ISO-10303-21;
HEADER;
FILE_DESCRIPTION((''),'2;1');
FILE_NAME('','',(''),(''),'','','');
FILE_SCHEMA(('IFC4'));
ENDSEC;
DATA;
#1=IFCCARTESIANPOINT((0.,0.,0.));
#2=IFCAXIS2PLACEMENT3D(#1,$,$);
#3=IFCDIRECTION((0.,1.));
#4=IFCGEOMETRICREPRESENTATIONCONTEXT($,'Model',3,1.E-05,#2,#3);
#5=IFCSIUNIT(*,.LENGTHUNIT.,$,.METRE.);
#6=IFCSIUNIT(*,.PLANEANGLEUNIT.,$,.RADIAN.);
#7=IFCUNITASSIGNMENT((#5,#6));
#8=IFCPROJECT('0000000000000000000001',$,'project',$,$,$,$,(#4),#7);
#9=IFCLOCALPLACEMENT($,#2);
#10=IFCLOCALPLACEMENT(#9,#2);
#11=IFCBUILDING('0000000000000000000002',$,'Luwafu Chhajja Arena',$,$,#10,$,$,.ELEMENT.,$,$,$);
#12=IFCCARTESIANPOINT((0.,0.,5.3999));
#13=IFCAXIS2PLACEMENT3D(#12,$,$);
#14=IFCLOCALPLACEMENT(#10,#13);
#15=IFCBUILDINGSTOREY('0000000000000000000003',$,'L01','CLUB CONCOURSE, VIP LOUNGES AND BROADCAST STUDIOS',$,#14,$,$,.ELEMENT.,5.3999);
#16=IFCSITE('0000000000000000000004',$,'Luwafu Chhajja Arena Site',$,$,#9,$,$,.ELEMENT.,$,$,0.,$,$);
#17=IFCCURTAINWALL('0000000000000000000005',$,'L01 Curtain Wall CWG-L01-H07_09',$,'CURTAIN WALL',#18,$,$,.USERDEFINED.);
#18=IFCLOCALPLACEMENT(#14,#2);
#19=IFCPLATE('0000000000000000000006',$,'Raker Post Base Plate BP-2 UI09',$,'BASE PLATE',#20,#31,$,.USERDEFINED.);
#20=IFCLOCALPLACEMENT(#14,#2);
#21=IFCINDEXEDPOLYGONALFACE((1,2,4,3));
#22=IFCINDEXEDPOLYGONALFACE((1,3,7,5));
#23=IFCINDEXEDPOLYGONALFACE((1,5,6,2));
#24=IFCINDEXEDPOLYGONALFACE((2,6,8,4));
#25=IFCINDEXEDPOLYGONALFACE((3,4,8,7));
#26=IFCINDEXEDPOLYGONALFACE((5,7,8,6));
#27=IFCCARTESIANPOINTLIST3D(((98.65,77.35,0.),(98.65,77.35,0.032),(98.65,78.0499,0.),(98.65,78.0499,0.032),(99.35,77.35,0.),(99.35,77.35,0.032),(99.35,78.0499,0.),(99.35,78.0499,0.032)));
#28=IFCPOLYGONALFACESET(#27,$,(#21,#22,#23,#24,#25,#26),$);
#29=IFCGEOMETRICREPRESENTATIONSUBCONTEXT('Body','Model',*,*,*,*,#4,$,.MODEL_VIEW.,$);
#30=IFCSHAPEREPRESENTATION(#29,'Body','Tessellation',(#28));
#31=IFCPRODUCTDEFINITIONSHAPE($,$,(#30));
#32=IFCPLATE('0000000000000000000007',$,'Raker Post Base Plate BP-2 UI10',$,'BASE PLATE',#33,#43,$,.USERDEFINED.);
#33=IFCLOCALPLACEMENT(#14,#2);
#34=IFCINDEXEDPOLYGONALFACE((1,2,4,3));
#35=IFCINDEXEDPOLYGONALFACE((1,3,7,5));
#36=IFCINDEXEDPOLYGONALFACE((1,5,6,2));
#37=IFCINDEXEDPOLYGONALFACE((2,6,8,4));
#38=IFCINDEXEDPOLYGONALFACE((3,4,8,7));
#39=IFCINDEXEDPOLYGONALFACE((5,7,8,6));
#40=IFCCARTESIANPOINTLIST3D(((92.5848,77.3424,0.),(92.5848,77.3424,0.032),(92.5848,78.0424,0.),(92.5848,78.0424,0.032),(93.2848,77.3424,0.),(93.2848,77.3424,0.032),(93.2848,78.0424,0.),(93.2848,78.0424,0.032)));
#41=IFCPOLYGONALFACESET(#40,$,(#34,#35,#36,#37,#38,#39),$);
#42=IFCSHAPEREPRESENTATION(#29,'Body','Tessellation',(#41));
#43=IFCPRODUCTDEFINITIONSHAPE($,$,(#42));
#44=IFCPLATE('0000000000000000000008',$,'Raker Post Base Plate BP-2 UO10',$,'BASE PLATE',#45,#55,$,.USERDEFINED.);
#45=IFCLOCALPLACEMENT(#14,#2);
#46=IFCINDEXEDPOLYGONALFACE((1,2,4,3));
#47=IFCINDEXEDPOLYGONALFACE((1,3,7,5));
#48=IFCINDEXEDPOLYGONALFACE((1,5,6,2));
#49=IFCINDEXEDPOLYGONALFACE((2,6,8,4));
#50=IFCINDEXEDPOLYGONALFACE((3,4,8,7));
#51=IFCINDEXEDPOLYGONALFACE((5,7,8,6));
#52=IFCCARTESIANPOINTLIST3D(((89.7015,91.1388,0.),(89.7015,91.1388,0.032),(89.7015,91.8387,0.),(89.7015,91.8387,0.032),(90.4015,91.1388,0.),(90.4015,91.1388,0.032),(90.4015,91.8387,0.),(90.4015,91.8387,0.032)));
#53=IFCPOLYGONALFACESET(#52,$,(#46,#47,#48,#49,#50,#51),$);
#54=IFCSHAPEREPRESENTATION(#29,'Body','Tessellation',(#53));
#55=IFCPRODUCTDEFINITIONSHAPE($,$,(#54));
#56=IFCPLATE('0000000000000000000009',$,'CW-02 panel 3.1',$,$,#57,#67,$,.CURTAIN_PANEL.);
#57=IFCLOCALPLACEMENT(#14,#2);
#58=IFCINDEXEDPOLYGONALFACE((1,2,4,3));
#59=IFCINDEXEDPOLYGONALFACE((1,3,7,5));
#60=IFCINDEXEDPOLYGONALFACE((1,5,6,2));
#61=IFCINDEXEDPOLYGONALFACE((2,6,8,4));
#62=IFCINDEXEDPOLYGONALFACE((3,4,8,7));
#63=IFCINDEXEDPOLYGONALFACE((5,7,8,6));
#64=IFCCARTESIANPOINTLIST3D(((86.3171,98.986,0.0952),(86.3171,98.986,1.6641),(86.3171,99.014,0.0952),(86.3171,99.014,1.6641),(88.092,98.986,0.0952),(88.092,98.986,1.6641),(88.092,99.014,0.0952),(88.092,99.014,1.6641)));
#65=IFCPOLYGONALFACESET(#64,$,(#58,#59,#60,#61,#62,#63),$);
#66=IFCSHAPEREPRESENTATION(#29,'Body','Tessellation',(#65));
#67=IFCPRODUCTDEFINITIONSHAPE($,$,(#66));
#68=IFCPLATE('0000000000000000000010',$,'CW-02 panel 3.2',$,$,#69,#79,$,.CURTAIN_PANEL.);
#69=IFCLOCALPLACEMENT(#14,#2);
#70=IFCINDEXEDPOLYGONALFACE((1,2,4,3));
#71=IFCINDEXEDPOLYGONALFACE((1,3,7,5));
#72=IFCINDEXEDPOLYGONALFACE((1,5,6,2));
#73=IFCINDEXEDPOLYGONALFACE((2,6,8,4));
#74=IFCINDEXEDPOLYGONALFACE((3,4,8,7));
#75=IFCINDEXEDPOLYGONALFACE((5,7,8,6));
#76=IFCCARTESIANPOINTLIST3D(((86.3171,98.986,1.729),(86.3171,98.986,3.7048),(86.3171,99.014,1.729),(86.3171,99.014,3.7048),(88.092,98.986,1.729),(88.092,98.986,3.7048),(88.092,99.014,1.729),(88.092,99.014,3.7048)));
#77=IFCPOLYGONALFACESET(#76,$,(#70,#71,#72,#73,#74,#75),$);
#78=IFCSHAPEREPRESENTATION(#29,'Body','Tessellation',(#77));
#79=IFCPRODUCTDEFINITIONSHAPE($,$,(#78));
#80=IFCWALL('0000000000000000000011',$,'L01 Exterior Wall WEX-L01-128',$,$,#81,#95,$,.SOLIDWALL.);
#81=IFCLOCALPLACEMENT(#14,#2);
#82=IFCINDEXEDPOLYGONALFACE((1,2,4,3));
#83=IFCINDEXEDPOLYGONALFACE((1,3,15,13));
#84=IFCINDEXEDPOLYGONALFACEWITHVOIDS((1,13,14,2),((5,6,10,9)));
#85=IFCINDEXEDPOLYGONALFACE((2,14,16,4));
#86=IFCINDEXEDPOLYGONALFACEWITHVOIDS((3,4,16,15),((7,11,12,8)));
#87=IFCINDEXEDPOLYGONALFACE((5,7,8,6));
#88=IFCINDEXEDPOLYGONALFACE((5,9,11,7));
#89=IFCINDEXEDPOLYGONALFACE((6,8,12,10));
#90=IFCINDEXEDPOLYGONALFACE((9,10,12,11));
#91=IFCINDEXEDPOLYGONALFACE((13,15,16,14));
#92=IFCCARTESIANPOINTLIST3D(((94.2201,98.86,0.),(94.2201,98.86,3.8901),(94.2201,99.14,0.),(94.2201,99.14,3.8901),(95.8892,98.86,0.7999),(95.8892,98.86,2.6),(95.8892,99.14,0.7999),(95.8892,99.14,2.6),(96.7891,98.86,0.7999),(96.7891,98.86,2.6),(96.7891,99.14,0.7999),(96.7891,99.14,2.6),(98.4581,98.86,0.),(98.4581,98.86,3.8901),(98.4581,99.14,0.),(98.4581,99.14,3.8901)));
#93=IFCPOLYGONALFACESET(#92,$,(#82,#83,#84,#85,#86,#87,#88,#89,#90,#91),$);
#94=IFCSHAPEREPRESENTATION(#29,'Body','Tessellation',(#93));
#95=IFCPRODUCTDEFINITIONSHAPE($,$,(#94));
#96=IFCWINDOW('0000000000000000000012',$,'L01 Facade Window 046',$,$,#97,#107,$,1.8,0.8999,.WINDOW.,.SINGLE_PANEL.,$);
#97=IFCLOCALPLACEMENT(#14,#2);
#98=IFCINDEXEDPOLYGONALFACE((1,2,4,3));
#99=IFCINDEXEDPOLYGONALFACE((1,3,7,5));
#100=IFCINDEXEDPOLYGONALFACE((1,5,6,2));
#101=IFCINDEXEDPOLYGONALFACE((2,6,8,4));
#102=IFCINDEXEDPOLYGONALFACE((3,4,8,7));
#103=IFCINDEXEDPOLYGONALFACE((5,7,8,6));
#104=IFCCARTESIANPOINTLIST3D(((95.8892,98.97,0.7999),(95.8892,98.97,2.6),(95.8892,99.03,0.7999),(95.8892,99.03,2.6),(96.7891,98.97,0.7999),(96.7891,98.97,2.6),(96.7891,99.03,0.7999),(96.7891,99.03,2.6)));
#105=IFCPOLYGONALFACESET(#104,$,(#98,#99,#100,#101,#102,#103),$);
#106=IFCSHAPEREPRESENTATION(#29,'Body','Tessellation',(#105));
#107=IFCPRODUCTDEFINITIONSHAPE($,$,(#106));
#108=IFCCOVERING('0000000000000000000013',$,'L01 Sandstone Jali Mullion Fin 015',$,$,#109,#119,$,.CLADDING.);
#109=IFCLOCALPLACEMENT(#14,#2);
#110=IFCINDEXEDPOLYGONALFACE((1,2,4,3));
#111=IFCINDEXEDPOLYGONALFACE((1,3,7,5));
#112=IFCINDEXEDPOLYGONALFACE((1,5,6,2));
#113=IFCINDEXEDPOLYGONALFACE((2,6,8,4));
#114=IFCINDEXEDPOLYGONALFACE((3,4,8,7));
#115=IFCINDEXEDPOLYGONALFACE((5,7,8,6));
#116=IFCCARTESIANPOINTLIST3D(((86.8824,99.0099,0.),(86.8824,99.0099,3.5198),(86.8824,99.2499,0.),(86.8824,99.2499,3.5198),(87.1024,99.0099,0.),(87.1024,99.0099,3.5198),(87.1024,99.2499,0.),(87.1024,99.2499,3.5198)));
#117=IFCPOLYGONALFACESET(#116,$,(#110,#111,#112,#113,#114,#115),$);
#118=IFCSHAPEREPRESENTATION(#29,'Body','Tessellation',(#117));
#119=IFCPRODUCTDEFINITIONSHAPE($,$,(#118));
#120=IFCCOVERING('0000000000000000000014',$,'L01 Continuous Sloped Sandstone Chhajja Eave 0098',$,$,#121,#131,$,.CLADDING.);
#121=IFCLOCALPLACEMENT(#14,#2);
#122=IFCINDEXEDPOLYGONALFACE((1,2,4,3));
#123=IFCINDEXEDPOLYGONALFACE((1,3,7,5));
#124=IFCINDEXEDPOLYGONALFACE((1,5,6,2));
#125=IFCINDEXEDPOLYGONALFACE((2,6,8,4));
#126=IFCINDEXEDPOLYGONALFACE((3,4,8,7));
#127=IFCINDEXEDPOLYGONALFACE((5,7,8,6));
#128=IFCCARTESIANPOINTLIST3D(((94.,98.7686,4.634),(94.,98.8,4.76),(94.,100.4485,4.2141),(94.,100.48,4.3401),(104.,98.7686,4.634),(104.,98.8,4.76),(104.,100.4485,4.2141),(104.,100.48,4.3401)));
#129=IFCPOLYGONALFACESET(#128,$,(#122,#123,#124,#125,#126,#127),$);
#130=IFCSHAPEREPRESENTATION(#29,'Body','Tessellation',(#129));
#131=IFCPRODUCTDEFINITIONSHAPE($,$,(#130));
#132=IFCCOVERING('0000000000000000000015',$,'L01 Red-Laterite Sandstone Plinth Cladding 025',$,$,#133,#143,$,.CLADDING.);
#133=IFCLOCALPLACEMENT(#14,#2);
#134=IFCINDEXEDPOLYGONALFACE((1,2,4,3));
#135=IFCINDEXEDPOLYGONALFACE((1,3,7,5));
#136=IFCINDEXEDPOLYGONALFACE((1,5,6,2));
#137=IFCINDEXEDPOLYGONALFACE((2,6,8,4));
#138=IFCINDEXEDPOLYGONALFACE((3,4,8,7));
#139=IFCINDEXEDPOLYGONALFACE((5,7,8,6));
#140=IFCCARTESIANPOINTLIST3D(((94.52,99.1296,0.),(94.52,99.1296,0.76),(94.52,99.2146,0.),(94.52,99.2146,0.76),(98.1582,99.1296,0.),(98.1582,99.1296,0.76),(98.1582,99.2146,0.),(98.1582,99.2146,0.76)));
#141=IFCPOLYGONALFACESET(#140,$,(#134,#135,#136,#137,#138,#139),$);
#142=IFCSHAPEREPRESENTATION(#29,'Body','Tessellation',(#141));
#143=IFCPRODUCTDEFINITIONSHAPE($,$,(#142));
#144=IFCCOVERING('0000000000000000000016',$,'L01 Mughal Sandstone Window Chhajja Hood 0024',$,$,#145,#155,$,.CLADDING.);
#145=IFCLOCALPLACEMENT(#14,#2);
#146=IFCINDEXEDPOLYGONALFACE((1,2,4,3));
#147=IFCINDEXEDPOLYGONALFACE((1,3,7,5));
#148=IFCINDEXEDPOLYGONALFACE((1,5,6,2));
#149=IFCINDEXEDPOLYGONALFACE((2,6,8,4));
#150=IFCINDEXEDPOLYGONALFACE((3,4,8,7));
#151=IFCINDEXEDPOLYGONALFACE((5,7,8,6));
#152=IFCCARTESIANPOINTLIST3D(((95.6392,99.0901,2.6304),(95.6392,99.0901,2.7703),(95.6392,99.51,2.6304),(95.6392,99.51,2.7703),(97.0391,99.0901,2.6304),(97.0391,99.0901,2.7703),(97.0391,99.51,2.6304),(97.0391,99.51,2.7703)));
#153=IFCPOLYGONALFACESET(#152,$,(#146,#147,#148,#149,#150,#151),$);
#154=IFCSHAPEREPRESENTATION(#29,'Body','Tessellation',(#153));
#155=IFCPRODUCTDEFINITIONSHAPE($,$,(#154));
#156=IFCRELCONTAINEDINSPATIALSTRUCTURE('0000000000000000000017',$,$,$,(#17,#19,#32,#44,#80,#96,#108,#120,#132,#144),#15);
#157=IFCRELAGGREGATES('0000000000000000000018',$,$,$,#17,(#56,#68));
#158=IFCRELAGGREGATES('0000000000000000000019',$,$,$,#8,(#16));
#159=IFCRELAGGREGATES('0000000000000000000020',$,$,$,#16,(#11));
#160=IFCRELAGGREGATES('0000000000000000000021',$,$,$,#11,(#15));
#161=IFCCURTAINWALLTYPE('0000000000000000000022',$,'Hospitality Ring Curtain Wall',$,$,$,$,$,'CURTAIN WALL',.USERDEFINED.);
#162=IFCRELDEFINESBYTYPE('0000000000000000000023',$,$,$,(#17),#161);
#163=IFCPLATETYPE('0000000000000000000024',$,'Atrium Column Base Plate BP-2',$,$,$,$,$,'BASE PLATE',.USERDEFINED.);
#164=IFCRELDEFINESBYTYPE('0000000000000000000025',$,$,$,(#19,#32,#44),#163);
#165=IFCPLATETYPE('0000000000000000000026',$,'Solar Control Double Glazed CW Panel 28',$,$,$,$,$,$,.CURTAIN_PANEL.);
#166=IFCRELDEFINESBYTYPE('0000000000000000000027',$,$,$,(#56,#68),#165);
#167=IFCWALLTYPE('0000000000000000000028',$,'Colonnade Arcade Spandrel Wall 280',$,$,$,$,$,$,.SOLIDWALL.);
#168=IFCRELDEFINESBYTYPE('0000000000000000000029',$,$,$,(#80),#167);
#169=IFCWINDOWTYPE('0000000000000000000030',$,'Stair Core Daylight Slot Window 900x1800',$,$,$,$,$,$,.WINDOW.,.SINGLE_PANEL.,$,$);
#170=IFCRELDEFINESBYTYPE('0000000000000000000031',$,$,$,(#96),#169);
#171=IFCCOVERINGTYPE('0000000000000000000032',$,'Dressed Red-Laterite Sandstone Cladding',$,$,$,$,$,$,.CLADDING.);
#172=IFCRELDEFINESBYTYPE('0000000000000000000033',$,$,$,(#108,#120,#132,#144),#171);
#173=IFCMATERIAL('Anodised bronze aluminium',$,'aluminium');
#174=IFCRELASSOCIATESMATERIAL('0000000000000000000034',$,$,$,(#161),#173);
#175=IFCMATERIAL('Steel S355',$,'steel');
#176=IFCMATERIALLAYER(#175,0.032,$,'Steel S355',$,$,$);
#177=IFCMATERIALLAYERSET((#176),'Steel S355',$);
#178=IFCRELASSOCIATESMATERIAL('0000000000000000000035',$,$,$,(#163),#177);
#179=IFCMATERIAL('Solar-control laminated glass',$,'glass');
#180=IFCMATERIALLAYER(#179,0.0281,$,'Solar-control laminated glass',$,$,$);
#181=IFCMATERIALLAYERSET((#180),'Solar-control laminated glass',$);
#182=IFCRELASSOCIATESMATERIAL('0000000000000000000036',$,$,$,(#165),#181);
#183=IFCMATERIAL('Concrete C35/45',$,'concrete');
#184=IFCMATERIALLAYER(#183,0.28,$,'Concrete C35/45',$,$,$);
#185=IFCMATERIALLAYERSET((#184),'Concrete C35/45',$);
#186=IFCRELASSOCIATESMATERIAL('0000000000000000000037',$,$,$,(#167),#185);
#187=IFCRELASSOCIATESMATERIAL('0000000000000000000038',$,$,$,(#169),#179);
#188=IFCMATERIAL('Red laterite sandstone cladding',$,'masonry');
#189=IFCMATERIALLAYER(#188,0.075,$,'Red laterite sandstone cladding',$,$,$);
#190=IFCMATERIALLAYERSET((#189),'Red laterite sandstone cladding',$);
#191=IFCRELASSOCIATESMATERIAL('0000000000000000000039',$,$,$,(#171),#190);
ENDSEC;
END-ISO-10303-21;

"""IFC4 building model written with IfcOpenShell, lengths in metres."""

from ifc_helpers import new_model, si_unit, direction, frame, frame_2d, origin, origin_2d, place, context, subcontext, project, spatial, polyline, rectangle, outline, extrude, material, layer, layer_set, type_object, element, fill, aggregate, save


model = new_model("IFC4")

# Units and contexts
model_context = context("Model", 3, precision=1e-05, world=origin(), true_north=direction((0.0, 1.0)))
body_context = subcontext(model_context, "Body", "Model", "MODEL_VIEW")
ifc_project = project(units=[si_unit("LENGTHUNIT", "METRE"), si_unit("PLANEANGLEUNIT", "RADIAN")], contexts=[model_context])

# Site, building, storey
site_placement = place(None, origin())
site = spatial("IfcSite", under=ifc_project, at=site_placement, Name="Luwafu Chhajja Arena Site", CompositionType="ELEMENT", RefElevation=0.0)
building_placement = place(site_placement, origin())
building = spatial("IfcBuilding", under=site, at=building_placement, Name="Luwafu Chhajja Arena", CompositionType="ELEMENT")
storey_placement = place(building_placement, frame((0.0, 0.0, 5.3999)))
storey = spatial("IfcBuildingStorey", under=building, at=storey_placement, Name="L01", Description="CLUB CONCOURSE, VIP LOUNGES AND BROADCAST STUDIOS", CompositionType="ELEMENT", Elevation=5.3999)

# Shared definitions
ifc_material_1 = material(Name="Concrete C35/45", Category="concrete")
ifc_material_2 = material(Name="Steel S355", Category="steel")

# Curtain wall
ifc_material_3 = material(Name="Anodised bronze aluminium", Category="aluminium")
curtain_wall_type = type_object("IfcCurtainWallType", Name="Hospitality Ring Curtain Wall", ElementType="CURTAIN WALL", PredefinedType="USERDEFINED", material=ifc_material_3)
curtain_wall_placement = place(storey_placement, origin())
curtain_wall = element("IfcCurtainWall", 1, at=curtain_wall_placement, inside=storey, type_object=curtain_wall_type, Name="L01 Curtain Wall CWG-L01-H07_09", ObjectType="CURTAIN WALL", PredefinedType="USERDEFINED")

# Plates
ifc_layer_1 = layer(ifc_material_2, 0.032, Name="Steel S355")
ifc_layer_set_1 = layer_set([ifc_layer_1], Name="Steel S355")
plate_type_1 = type_object("IfcPlateType", Name="Atrium Column Base Plate BP-2", ElementType="BASE PLATE", PredefinedType="USERDEFINED", material=ifc_layer_set_1)
for number, where, z_axis, x_axis, name in (
    (2, (99.0, 77.7, 0.0), (0.0, 0.0, 1.0), (1.0, 0.0, 0.0), "Raker Post Base Plate BP-2 UI09"),
    (3, (92.9348, 77.6924, 0.0), (0.0, 0.0, 1.0), (1.0, 0.0, 0.0), "Raker Post Base Plate BP-2 UI10"),
    (4, (90.0515, 91.4888, 0.0), (0.0, 0.0, 1.0), (1.0, 0.0, 0.0), "Raker Post Base Plate BP-2 UO10"),
):
    element("IfcPlate", number, at=place(storey_placement, frame(where, z_axis=z_axis, x_axis=x_axis)), inside=storey, type_object=plate_type_1, Name=name, ObjectType="BASE PLATE", PredefinedType="USERDEFINED", context=body_context, shape_type="SweptSolid", body=[
        extrude(rectangle(XDim=0.7, YDim=0.7, at=origin_2d()), origin(), (0.0, 0.0, 1.0), 0.032),
    ])

# Plates
ifc_material_4 = material(Name="Solar-control laminated glass", Category="glass")
ifc_layer_2 = layer(ifc_material_4, 0.0281, Name="Solar-control laminated glass")
ifc_layer_set_2 = layer_set([ifc_layer_2], Name="Solar-control laminated glass")
plate_type_2 = type_object("IfcPlateType", Name="Solar Control Double Glazed CW Panel 28", PredefinedType="CURTAIN_PANEL", material=ifc_layer_set_2)
plate_1_placement = place(storey_placement, frame((87.2046, 99.0, 0.0952), z_axis=(0.0, 0.0, 1.0), x_axis=(1.0, 0.0, 0.0)))
plate_1 = element("IfcPlate", 5, at=plate_1_placement, type_object=plate_type_2, Name="CW-02 panel 3.1", PredefinedType="CURTAIN_PANEL", context=body_context, shape_type="SweptSolid", body=[
    extrude(rectangle(XDim=1.7749, YDim=0.0281, at=origin_2d()), origin(), (0.0, 0.0, 1.0), 1.5688),
])
plate_2_placement = place(storey_placement, frame((87.2046, 99.0, 1.729), z_axis=(0.0, 0.0, 1.0), x_axis=(1.0, 0.0, 0.0)))
plate_2 = element("IfcPlate", 6, at=plate_2_placement, type_object=plate_type_2, Name="CW-02 panel 3.2", PredefinedType="CURTAIN_PANEL", context=body_context, shape_type="SweptSolid", body=[
    extrude(rectangle(XDim=1.7749, YDim=0.0281, at=origin_2d()), origin(), (0.0, 0.0, 1.0), 1.9758),
])
aggregate(curtain_wall, [plate_1, plate_2])

# Wall, opening, window
ifc_layer_3 = layer(ifc_material_1, 0.28, Name="Concrete C35/45")
ifc_layer_set_3 = layer_set([ifc_layer_3], Name="Concrete C35/45")
wall_type = type_object("IfcWallType", Name="Colonnade Arcade Spandrel Wall 280", PredefinedType="SOLIDWALL", material=ifc_layer_set_3)
wall_placement = place(storey_placement, frame((94.22, 99.0, 0.0), z_axis=(0.0, 0.0, 1.0), x_axis=(1.0, 0.0, 0.0)))
wall = element("IfcWall", 7, at=wall_placement, inside=storey, type_object=wall_type, Name="L01 Exterior Wall WEX-L01-128", PredefinedType="SOLIDWALL", context=body_context, shape_type="SweptSolid", body=[
    extrude(rectangle(XDim=4.238, YDim=0.28, at=frame_2d((2.1191, 0.0))), origin(), (0.0, 0.0, 1.0), 3.8901),
])
opening_placement = place(wall_placement, frame((1.6692, 0.0, 0.8)))
opening = element("IfcOpeningElement", 8, at=opening_placement, cuts=wall, PredefinedType="OPENING", context=body_context, shape_type="SweptSolid", body=[
    extrude(rectangle(XDim=0.8999, YDim=1.8, at=frame_2d((0.45, 0.8999))), frame((0.0, 0.1499, 0.0), z_axis=(0.0, -1.0, 0.0), x_axis=(1.0, 0.0, 0.0)), (0.0, 0.0, 1.0), 0.3),
])
window_type = type_object("IfcWindowType", Name="Stair Core Daylight Slot Window 900x1800", PartitioningType="SINGLE_PANEL", PredefinedType="WINDOW", material=ifc_material_4)
window_placement = place(opening_placement, origin())
window = element("IfcWindow", 9, at=window_placement, inside=storey, type_object=window_type, Name="L01 Facade Window 046", OverallHeight=1.8, OverallWidth=0.8999, PartitioningType="SINGLE_PANEL", PredefinedType="WINDOW", context=body_context, shape_type="SweptSolid", body=[
    extrude(rectangle(XDim=0.8999, YDim=1.8, at=frame_2d((0.45, 0.8999))), frame((0.0, 0.03, 0.0), z_axis=(0.0, -1.0, 0.0), x_axis=(1.0, 0.0, 0.0)), (0.0, 0.0, 1.0), 0.0601),
])
fill(opening, window)

# Coverings
ifc_material_5 = material(Name="Red laterite sandstone cladding", Category="masonry")
ifc_layer_4 = layer(ifc_material_5, 0.075, Name="Red laterite sandstone cladding")
ifc_layer_set_4 = layer_set([ifc_layer_4], Name="Red laterite sandstone cladding")
covering_type = type_object("IfcCoveringType", Name="Dressed Red-Laterite Sandstone Cladding", PredefinedType="CLADDING", material=ifc_layer_set_4)
covering_1_placement = place(storey_placement, frame((86.9924, 99.1299, 0.0), z_axis=(0.0, 0.0, 1.0), x_axis=(1.0, 0.0, 0.0)))
element("IfcCovering", 10, at=covering_1_placement, inside=storey, type_object=covering_type, Name="L01 Sandstone Jali Mullion Fin 015", PredefinedType="CLADDING", context=body_context, shape_type="SweptSolid", body=[
    extrude(rectangle(XDim=0.22, YDim=0.24, at=origin_2d()), origin(), (0.0, 0.0, 1.0), 3.5198),
])
covering_2_placement = place(storey_placement, frame((94.0, 98.8, 4.76), z_axis=(0.0, 0.242502, 0.970151), x_axis=(1.0, 0.0, 0.0)))
element("IfcCovering", 11, at=covering_2_placement, inside=storey, type_object=covering_type, Name="L01 Continuous Sloped Sandstone Chhajja Eave 0098", PredefinedType="CLADDING", context=body_context, shape_type="SweptSolid", body=[
    extrude(outline(polyline([(0.0, 0.0), (10.0, 0.0), (10.0, 1.7316), (0.0, 1.7316), (0.0, 0.0)])), origin(), (0.0, 0.0, -1.0), 0.1299),
])
covering_3_placement = place(storey_placement, frame((96.3391, 99.1721, 0.0), z_axis=(0.0, 0.0, 1.0), x_axis=(1.0, 0.0, 0.0)))
element("IfcCovering", 12, at=covering_3_placement, inside=storey, type_object=covering_type, Name="L01 Red-Laterite Sandstone Plinth Cladding 025", PredefinedType="CLADDING", context=body_context, shape_type="SweptSolid", body=[
    extrude(rectangle(XDim=3.6382, YDim=0.085, at=origin_2d()), origin(), (0.0, 0.0, 1.0), 0.76),
])
covering_4_placement = place(storey_placement, frame((96.3391, 99.3, 2.6304), z_axis=(0.0, 0.0, 1.0), x_axis=(1.0, 0.0, 0.0)))
element("IfcCovering", 13, at=covering_4_placement, inside=storey, type_object=covering_type, Name="L01 Mughal Sandstone Window Chhajja Hood 0024", PredefinedType="CLADDING", context=body_context, shape_type="SweptSolid", body=[
    extrude(rectangle(XDim=1.3999, YDim=0.4199, at=origin_2d()), origin(), (0.0, 0.0, 1.0), 0.1399),
])

save(model, "model.ifc")
